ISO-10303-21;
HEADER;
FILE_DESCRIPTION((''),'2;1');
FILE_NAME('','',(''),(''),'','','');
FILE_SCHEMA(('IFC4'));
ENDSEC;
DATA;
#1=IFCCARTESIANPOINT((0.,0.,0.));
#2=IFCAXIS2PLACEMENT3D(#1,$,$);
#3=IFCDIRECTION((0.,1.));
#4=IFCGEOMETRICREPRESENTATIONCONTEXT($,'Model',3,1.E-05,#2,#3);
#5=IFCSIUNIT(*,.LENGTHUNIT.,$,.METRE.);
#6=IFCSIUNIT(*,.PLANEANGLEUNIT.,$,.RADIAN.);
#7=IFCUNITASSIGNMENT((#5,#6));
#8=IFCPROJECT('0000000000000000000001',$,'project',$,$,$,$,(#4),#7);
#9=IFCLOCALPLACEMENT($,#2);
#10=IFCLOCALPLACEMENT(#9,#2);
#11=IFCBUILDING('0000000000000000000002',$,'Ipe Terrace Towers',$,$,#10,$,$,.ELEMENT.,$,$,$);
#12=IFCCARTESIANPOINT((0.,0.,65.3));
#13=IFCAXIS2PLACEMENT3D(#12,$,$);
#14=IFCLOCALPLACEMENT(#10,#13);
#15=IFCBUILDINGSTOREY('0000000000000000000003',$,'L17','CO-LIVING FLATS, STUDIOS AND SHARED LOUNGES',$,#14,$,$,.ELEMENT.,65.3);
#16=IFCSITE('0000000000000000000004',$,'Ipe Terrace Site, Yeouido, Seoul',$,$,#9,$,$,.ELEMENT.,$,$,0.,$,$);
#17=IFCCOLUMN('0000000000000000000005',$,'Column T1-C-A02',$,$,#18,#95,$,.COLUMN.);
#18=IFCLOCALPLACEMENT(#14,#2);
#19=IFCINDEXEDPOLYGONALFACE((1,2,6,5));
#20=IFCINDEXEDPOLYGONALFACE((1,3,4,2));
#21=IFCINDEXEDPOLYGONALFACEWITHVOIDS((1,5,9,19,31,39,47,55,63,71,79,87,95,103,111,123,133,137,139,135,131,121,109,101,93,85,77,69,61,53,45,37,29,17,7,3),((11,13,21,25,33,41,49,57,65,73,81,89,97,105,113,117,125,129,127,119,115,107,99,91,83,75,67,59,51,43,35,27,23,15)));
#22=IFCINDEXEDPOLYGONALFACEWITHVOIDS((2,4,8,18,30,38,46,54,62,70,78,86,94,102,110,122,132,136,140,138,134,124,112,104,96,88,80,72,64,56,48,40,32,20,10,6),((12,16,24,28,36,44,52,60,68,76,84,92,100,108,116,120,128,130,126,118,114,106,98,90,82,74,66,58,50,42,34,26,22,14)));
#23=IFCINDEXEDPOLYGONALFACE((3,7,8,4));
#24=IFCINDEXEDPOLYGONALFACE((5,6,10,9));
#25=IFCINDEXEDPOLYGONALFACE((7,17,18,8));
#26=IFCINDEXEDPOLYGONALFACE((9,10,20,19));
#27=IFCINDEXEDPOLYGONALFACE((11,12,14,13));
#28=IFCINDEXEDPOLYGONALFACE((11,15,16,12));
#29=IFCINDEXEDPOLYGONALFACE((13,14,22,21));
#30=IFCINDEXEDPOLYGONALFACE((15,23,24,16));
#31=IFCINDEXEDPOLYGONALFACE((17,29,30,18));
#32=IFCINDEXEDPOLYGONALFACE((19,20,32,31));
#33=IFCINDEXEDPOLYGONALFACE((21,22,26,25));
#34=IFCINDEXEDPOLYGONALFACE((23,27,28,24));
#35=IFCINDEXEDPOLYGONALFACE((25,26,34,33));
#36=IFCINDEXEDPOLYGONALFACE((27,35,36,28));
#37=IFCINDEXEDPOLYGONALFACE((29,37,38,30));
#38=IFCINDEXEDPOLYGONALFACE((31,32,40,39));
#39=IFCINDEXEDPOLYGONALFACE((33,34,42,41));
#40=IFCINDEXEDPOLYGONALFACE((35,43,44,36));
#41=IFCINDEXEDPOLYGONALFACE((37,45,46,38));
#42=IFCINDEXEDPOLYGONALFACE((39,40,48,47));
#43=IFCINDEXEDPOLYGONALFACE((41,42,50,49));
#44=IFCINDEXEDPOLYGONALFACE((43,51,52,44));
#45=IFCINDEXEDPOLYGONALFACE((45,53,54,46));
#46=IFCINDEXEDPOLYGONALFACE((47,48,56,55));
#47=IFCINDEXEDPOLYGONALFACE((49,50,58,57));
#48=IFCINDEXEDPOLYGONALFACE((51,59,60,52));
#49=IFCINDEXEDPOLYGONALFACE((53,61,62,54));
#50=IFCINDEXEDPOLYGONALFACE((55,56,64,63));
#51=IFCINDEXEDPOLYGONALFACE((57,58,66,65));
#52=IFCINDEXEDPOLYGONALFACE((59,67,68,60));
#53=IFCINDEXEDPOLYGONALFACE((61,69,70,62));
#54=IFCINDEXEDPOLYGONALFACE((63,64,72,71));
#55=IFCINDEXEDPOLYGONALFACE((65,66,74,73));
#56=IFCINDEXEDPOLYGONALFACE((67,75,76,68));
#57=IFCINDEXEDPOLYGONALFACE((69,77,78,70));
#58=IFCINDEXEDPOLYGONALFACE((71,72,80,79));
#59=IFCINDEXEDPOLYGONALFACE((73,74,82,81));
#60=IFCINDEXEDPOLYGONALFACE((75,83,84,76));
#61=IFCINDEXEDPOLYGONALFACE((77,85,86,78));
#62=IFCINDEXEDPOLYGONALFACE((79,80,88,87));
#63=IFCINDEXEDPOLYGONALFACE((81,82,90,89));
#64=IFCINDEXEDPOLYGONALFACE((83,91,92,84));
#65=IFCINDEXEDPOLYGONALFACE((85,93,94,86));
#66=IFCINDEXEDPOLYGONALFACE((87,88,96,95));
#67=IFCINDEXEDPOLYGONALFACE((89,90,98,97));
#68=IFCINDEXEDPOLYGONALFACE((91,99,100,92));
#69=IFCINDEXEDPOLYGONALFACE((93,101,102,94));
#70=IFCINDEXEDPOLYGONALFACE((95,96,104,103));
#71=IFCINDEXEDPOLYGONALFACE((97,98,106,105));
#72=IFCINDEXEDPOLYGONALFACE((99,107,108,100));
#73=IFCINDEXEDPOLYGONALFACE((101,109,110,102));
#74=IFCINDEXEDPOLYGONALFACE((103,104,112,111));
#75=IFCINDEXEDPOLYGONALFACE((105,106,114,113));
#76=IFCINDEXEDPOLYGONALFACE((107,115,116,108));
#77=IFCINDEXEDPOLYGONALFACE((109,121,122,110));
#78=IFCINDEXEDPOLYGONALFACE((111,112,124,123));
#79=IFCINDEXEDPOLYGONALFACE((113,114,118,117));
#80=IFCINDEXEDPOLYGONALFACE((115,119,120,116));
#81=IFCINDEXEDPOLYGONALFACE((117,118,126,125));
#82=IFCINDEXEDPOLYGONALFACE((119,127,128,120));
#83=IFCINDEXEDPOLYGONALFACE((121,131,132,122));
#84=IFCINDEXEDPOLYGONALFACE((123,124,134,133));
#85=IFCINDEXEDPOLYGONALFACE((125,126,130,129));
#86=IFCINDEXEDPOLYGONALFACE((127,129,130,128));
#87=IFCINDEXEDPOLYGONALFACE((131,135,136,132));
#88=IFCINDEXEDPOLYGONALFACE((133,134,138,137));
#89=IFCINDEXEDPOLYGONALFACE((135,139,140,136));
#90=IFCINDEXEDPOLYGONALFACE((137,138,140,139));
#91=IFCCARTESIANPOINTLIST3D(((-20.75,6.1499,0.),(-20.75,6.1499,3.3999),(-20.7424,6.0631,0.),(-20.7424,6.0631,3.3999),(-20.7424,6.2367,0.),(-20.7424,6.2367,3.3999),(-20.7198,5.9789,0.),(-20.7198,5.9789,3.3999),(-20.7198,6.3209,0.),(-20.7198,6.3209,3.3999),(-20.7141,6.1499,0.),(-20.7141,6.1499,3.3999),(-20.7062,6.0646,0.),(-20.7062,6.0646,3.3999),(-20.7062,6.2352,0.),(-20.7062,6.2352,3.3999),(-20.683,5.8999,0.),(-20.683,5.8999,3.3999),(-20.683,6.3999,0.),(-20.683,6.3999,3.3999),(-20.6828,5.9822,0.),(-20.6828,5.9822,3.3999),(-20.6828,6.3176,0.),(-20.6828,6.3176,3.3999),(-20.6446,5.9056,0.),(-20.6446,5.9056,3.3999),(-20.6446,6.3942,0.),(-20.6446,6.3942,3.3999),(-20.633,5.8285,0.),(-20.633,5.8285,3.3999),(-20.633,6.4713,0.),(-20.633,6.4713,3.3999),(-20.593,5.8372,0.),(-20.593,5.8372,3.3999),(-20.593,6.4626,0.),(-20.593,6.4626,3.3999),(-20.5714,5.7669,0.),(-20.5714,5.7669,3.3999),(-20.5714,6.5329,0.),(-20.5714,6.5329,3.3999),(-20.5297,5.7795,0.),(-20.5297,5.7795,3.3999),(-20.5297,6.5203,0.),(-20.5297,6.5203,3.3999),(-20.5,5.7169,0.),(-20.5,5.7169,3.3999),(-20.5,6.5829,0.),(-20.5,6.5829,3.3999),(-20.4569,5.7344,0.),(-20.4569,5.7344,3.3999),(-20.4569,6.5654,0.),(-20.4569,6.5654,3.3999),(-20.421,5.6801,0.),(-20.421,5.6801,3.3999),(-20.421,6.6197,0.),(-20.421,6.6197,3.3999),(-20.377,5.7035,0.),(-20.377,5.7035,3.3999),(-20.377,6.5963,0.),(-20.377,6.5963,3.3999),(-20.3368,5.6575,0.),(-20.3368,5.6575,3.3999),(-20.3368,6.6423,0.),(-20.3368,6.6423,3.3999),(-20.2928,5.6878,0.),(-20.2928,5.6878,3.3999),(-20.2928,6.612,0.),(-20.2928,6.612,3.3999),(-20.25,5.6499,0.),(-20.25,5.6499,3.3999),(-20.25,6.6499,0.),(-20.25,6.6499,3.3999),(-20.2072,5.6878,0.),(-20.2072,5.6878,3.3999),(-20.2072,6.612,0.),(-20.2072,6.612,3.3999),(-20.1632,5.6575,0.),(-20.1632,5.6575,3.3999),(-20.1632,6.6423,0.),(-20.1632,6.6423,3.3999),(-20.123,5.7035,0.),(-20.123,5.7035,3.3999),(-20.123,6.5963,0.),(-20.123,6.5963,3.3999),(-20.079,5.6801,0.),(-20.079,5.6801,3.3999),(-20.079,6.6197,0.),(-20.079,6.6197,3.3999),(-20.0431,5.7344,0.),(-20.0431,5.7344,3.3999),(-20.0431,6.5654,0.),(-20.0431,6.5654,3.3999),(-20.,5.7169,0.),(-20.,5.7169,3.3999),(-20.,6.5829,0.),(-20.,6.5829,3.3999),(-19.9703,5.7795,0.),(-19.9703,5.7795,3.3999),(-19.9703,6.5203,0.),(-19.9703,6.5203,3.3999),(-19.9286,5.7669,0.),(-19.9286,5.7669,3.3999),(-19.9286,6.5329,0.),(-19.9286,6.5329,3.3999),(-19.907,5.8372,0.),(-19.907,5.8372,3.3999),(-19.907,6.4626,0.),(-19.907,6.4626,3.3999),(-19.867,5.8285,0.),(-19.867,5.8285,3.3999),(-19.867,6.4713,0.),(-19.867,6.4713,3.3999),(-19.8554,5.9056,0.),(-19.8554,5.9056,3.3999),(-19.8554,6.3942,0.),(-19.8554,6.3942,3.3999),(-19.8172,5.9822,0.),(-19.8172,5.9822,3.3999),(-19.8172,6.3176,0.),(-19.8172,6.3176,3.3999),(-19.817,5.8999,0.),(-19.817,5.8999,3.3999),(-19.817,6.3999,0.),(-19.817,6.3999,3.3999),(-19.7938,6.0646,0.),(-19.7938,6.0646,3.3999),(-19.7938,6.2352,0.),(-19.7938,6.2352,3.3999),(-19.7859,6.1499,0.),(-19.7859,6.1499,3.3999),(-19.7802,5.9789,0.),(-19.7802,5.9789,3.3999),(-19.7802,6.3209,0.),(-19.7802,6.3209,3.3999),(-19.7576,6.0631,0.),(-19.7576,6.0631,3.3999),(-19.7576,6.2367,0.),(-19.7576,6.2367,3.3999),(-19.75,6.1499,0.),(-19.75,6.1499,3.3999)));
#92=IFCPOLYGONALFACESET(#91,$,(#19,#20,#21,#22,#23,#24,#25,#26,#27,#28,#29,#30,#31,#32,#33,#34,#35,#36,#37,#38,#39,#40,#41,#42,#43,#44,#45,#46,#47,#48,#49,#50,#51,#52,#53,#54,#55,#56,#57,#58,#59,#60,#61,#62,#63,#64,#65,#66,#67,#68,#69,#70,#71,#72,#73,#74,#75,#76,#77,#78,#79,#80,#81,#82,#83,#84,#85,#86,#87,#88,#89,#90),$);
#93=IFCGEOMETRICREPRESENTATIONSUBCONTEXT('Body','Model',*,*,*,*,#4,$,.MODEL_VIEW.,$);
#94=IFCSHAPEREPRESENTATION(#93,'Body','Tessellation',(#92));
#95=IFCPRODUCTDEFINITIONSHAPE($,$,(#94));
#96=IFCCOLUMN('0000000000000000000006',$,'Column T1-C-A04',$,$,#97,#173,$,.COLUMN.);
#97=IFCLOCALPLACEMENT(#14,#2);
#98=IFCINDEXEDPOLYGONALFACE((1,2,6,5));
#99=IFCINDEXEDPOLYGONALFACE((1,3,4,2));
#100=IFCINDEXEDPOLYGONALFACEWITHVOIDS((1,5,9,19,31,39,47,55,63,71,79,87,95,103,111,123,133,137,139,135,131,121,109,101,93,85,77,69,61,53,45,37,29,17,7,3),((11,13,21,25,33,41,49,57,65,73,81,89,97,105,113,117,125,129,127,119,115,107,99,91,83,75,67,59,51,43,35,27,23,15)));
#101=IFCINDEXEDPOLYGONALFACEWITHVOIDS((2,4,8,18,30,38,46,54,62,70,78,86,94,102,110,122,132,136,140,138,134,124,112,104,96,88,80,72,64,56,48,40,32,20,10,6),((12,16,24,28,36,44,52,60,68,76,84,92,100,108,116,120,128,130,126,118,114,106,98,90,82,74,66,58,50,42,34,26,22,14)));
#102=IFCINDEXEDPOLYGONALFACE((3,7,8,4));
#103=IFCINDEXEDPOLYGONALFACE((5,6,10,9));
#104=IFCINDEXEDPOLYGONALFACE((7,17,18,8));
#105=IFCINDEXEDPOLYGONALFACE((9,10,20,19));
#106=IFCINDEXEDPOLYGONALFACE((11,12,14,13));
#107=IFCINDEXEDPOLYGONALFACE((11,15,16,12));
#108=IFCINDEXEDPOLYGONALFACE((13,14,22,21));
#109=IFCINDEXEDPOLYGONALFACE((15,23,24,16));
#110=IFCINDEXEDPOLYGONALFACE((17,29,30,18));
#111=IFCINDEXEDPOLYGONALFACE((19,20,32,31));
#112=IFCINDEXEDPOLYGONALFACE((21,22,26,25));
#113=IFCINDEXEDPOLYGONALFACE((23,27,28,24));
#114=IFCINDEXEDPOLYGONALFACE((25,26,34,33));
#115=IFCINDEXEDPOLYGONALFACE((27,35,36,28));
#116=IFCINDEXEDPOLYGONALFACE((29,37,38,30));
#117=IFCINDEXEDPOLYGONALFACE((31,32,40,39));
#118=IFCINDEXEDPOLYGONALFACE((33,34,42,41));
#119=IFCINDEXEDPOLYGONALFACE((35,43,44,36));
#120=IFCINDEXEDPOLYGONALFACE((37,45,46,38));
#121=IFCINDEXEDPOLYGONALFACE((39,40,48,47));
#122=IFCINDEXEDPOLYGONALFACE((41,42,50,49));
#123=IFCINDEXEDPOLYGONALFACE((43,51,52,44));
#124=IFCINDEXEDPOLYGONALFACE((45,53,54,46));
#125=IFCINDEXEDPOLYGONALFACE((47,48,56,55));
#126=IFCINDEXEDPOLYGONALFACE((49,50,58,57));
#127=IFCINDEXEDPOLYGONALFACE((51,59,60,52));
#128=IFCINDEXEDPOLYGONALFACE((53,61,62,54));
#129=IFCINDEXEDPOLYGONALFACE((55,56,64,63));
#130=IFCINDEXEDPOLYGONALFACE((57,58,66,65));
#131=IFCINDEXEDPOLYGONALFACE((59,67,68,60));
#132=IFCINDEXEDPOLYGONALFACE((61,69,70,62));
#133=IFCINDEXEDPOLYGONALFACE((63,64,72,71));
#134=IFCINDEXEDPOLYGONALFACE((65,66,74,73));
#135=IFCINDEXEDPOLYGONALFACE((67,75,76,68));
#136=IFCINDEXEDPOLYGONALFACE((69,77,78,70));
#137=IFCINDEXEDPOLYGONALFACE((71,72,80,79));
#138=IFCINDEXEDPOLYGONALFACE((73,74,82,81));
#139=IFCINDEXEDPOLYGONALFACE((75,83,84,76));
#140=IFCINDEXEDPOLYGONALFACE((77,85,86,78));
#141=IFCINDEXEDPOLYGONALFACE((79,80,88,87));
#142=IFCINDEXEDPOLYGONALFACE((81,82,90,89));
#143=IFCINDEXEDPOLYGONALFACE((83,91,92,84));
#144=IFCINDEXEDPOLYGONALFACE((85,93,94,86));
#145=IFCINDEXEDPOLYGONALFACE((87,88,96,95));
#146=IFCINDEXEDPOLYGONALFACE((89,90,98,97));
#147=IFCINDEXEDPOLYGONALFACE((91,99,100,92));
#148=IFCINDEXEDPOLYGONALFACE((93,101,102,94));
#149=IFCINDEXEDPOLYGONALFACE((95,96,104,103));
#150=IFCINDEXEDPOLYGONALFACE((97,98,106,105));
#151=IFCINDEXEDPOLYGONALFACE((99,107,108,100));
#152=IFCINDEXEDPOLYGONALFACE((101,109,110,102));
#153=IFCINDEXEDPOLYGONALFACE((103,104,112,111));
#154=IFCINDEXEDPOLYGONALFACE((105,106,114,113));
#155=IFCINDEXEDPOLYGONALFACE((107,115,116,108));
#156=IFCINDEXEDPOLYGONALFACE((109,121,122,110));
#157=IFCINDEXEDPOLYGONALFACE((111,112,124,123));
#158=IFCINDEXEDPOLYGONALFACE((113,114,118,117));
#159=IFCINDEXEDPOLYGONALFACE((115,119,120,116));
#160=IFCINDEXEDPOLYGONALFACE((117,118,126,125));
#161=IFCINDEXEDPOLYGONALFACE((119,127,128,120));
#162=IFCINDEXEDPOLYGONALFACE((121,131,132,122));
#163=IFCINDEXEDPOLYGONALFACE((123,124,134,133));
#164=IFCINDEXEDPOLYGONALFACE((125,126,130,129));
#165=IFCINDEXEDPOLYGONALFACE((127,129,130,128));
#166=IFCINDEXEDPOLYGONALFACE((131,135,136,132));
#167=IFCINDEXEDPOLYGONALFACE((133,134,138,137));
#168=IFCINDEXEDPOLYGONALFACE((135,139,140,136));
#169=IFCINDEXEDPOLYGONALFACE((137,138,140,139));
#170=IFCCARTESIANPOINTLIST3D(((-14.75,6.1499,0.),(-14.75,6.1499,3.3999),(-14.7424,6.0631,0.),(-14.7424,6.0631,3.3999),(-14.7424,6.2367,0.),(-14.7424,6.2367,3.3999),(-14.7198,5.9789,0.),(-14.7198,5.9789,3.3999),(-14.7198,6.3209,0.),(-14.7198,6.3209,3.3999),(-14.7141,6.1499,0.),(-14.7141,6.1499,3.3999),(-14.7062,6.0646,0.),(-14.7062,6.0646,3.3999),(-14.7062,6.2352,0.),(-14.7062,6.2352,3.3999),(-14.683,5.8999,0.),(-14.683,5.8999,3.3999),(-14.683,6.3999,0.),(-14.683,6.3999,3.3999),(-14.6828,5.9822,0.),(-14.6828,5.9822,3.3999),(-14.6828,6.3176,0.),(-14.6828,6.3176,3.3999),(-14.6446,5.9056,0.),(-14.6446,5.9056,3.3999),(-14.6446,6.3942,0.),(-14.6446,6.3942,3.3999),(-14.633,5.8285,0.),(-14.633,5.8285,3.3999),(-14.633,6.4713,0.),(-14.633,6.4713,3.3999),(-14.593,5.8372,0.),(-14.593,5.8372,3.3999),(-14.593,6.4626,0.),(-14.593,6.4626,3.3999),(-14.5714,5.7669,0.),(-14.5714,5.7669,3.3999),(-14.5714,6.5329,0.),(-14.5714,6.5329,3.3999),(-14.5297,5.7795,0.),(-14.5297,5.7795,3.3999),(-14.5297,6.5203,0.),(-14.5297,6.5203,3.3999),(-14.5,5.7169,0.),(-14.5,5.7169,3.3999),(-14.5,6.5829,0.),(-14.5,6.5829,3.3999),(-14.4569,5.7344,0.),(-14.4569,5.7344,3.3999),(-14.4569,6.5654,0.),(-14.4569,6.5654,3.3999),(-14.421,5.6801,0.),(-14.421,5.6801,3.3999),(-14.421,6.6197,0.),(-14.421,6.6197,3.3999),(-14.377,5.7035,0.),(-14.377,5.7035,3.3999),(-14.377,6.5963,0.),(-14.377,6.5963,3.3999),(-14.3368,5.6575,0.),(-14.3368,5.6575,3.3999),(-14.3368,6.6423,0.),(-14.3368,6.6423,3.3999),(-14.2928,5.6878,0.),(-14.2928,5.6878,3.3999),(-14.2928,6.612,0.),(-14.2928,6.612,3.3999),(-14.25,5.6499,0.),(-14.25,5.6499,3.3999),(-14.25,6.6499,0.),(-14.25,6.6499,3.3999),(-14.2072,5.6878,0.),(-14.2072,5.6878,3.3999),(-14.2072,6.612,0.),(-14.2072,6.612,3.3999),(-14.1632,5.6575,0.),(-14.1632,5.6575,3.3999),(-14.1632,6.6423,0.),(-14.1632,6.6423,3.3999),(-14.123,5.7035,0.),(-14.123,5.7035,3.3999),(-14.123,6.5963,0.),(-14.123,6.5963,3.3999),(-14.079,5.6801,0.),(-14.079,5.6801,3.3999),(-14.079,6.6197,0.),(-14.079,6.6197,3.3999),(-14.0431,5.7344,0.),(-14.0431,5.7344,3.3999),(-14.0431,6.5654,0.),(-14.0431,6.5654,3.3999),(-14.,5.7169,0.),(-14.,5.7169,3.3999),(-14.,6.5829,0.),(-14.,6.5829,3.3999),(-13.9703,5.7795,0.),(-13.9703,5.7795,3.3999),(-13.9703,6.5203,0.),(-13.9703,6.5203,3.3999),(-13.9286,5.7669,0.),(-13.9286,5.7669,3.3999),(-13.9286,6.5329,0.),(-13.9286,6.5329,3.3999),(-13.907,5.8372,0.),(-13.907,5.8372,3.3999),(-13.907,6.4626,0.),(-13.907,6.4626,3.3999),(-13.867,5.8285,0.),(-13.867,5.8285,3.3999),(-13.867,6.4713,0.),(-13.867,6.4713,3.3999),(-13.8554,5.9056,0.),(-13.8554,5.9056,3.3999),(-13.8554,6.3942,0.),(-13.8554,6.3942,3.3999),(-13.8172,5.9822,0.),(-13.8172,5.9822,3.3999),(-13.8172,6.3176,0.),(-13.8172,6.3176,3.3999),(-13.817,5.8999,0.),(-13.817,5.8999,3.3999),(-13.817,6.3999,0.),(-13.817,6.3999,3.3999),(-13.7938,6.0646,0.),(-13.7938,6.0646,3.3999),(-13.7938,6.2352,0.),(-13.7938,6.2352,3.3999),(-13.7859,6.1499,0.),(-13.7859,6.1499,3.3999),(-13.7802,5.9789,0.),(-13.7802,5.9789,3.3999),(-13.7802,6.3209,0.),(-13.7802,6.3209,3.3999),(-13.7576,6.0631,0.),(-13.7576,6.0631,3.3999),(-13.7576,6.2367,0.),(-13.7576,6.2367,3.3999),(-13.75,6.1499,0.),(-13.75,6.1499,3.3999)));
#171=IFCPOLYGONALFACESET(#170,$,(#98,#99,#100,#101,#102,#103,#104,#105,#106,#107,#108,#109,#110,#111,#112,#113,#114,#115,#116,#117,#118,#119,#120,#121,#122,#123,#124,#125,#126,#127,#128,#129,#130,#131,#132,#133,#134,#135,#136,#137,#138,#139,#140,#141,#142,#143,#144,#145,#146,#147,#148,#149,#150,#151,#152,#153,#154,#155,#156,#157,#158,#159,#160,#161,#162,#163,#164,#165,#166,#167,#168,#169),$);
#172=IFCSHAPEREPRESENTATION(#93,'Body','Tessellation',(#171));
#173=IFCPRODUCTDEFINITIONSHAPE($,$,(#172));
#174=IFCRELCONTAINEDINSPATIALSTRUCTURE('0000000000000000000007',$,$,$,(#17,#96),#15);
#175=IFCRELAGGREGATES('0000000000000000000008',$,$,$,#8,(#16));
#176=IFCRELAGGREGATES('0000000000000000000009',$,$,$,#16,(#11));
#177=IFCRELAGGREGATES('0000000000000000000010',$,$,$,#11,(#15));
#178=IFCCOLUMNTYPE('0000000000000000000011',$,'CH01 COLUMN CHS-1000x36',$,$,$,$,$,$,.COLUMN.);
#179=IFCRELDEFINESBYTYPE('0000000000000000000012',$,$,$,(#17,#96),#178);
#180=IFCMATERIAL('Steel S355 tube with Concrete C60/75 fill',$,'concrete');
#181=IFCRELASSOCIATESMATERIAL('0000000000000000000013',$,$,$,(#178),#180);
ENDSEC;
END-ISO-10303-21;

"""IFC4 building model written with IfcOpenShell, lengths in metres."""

from ifc_helpers import new_model, si_unit, direction, frame, origin, origin_2d, place, context, subcontext, project, spatial, hollow_circle, extrude, material, material_profile, profile_set, type_object, element, save


model = new_model("IFC4")

# Units and contexts
model_context = context("Model", 3, precision=1e-05, world=origin(), true_north=direction((0.0, 1.0)))
body_context = subcontext(model_context, "Body", "Model", "MODEL_VIEW")
ifc_project = project(units=[si_unit("LENGTHUNIT", "METRE"), si_unit("PLANEANGLEUNIT", "RADIAN")], contexts=[model_context])

# Site, building, storey
site_placement = place(None, origin())
site = spatial("IfcSite", under=ifc_project, at=site_placement, Name="Ipe Terrace Site, Yeouido, Seoul", CompositionType="ELEMENT", RefElevation=0.0)
building_placement = place(site_placement, origin())
building = spatial("IfcBuilding", under=site, at=building_placement, Name="Ipe Terrace Towers", CompositionType="ELEMENT")
storey_placement = place(building_placement, frame((0.0, 0.0, 65.3)))
storey = spatial("IfcBuildingStorey", under=building, at=storey_placement, Name="L17", Description="CO-LIVING FLATS, STUDIOS AND SHARED LOUNGES", CompositionType="ELEMENT", Elevation=65.3)

# Columns
ifc_material_1 = material(Name="Steel S355 tube with Concrete C60/75 fill", Category="concrete")
ifc_material_profile_1 = material_profile(ifc_material_1, hollow_circle(Radius=0.5, WallThickness=0.0359, at=origin_2d()), Name="CHS-1000x36")
ifc_profile_set_1 = profile_set([ifc_material_profile_1], Name="Steel S355 tube with Concrete C60/75 fill")
column_type = type_object("IfcColumnType", Name="CH01 COLUMN CHS-1000x36", PredefinedType="COLUMN", material=ifc_profile_set_1)
for number, where, z_axis, x_axis, name in (
    (1, (-20.25, 6.1499, 0.0), (0.0, 0.0, 1.0), (1.0, 0.0, 0.0), "Column T1-C-A02"),
    (2, (-14.25, 6.1499, 0.0), (0.0, 0.0, 1.0), (1.0, 0.0, 0.0), "Column T1-C-A04"),
):
    element("IfcColumn", number, at=place(storey_placement, frame(where, z_axis=z_axis, x_axis=x_axis)), inside=storey, type_object=column_type, Name=name, PredefinedType="COLUMN", context=body_context, shape_type="SweptSolid", body=[
        extrude(hollow_circle(Radius=0.5, WallThickness=0.0359, at=origin_2d()), origin(), (0.0, 0.0, 1.0), 3.3999),
    ])

save(model, "model.ifc")
